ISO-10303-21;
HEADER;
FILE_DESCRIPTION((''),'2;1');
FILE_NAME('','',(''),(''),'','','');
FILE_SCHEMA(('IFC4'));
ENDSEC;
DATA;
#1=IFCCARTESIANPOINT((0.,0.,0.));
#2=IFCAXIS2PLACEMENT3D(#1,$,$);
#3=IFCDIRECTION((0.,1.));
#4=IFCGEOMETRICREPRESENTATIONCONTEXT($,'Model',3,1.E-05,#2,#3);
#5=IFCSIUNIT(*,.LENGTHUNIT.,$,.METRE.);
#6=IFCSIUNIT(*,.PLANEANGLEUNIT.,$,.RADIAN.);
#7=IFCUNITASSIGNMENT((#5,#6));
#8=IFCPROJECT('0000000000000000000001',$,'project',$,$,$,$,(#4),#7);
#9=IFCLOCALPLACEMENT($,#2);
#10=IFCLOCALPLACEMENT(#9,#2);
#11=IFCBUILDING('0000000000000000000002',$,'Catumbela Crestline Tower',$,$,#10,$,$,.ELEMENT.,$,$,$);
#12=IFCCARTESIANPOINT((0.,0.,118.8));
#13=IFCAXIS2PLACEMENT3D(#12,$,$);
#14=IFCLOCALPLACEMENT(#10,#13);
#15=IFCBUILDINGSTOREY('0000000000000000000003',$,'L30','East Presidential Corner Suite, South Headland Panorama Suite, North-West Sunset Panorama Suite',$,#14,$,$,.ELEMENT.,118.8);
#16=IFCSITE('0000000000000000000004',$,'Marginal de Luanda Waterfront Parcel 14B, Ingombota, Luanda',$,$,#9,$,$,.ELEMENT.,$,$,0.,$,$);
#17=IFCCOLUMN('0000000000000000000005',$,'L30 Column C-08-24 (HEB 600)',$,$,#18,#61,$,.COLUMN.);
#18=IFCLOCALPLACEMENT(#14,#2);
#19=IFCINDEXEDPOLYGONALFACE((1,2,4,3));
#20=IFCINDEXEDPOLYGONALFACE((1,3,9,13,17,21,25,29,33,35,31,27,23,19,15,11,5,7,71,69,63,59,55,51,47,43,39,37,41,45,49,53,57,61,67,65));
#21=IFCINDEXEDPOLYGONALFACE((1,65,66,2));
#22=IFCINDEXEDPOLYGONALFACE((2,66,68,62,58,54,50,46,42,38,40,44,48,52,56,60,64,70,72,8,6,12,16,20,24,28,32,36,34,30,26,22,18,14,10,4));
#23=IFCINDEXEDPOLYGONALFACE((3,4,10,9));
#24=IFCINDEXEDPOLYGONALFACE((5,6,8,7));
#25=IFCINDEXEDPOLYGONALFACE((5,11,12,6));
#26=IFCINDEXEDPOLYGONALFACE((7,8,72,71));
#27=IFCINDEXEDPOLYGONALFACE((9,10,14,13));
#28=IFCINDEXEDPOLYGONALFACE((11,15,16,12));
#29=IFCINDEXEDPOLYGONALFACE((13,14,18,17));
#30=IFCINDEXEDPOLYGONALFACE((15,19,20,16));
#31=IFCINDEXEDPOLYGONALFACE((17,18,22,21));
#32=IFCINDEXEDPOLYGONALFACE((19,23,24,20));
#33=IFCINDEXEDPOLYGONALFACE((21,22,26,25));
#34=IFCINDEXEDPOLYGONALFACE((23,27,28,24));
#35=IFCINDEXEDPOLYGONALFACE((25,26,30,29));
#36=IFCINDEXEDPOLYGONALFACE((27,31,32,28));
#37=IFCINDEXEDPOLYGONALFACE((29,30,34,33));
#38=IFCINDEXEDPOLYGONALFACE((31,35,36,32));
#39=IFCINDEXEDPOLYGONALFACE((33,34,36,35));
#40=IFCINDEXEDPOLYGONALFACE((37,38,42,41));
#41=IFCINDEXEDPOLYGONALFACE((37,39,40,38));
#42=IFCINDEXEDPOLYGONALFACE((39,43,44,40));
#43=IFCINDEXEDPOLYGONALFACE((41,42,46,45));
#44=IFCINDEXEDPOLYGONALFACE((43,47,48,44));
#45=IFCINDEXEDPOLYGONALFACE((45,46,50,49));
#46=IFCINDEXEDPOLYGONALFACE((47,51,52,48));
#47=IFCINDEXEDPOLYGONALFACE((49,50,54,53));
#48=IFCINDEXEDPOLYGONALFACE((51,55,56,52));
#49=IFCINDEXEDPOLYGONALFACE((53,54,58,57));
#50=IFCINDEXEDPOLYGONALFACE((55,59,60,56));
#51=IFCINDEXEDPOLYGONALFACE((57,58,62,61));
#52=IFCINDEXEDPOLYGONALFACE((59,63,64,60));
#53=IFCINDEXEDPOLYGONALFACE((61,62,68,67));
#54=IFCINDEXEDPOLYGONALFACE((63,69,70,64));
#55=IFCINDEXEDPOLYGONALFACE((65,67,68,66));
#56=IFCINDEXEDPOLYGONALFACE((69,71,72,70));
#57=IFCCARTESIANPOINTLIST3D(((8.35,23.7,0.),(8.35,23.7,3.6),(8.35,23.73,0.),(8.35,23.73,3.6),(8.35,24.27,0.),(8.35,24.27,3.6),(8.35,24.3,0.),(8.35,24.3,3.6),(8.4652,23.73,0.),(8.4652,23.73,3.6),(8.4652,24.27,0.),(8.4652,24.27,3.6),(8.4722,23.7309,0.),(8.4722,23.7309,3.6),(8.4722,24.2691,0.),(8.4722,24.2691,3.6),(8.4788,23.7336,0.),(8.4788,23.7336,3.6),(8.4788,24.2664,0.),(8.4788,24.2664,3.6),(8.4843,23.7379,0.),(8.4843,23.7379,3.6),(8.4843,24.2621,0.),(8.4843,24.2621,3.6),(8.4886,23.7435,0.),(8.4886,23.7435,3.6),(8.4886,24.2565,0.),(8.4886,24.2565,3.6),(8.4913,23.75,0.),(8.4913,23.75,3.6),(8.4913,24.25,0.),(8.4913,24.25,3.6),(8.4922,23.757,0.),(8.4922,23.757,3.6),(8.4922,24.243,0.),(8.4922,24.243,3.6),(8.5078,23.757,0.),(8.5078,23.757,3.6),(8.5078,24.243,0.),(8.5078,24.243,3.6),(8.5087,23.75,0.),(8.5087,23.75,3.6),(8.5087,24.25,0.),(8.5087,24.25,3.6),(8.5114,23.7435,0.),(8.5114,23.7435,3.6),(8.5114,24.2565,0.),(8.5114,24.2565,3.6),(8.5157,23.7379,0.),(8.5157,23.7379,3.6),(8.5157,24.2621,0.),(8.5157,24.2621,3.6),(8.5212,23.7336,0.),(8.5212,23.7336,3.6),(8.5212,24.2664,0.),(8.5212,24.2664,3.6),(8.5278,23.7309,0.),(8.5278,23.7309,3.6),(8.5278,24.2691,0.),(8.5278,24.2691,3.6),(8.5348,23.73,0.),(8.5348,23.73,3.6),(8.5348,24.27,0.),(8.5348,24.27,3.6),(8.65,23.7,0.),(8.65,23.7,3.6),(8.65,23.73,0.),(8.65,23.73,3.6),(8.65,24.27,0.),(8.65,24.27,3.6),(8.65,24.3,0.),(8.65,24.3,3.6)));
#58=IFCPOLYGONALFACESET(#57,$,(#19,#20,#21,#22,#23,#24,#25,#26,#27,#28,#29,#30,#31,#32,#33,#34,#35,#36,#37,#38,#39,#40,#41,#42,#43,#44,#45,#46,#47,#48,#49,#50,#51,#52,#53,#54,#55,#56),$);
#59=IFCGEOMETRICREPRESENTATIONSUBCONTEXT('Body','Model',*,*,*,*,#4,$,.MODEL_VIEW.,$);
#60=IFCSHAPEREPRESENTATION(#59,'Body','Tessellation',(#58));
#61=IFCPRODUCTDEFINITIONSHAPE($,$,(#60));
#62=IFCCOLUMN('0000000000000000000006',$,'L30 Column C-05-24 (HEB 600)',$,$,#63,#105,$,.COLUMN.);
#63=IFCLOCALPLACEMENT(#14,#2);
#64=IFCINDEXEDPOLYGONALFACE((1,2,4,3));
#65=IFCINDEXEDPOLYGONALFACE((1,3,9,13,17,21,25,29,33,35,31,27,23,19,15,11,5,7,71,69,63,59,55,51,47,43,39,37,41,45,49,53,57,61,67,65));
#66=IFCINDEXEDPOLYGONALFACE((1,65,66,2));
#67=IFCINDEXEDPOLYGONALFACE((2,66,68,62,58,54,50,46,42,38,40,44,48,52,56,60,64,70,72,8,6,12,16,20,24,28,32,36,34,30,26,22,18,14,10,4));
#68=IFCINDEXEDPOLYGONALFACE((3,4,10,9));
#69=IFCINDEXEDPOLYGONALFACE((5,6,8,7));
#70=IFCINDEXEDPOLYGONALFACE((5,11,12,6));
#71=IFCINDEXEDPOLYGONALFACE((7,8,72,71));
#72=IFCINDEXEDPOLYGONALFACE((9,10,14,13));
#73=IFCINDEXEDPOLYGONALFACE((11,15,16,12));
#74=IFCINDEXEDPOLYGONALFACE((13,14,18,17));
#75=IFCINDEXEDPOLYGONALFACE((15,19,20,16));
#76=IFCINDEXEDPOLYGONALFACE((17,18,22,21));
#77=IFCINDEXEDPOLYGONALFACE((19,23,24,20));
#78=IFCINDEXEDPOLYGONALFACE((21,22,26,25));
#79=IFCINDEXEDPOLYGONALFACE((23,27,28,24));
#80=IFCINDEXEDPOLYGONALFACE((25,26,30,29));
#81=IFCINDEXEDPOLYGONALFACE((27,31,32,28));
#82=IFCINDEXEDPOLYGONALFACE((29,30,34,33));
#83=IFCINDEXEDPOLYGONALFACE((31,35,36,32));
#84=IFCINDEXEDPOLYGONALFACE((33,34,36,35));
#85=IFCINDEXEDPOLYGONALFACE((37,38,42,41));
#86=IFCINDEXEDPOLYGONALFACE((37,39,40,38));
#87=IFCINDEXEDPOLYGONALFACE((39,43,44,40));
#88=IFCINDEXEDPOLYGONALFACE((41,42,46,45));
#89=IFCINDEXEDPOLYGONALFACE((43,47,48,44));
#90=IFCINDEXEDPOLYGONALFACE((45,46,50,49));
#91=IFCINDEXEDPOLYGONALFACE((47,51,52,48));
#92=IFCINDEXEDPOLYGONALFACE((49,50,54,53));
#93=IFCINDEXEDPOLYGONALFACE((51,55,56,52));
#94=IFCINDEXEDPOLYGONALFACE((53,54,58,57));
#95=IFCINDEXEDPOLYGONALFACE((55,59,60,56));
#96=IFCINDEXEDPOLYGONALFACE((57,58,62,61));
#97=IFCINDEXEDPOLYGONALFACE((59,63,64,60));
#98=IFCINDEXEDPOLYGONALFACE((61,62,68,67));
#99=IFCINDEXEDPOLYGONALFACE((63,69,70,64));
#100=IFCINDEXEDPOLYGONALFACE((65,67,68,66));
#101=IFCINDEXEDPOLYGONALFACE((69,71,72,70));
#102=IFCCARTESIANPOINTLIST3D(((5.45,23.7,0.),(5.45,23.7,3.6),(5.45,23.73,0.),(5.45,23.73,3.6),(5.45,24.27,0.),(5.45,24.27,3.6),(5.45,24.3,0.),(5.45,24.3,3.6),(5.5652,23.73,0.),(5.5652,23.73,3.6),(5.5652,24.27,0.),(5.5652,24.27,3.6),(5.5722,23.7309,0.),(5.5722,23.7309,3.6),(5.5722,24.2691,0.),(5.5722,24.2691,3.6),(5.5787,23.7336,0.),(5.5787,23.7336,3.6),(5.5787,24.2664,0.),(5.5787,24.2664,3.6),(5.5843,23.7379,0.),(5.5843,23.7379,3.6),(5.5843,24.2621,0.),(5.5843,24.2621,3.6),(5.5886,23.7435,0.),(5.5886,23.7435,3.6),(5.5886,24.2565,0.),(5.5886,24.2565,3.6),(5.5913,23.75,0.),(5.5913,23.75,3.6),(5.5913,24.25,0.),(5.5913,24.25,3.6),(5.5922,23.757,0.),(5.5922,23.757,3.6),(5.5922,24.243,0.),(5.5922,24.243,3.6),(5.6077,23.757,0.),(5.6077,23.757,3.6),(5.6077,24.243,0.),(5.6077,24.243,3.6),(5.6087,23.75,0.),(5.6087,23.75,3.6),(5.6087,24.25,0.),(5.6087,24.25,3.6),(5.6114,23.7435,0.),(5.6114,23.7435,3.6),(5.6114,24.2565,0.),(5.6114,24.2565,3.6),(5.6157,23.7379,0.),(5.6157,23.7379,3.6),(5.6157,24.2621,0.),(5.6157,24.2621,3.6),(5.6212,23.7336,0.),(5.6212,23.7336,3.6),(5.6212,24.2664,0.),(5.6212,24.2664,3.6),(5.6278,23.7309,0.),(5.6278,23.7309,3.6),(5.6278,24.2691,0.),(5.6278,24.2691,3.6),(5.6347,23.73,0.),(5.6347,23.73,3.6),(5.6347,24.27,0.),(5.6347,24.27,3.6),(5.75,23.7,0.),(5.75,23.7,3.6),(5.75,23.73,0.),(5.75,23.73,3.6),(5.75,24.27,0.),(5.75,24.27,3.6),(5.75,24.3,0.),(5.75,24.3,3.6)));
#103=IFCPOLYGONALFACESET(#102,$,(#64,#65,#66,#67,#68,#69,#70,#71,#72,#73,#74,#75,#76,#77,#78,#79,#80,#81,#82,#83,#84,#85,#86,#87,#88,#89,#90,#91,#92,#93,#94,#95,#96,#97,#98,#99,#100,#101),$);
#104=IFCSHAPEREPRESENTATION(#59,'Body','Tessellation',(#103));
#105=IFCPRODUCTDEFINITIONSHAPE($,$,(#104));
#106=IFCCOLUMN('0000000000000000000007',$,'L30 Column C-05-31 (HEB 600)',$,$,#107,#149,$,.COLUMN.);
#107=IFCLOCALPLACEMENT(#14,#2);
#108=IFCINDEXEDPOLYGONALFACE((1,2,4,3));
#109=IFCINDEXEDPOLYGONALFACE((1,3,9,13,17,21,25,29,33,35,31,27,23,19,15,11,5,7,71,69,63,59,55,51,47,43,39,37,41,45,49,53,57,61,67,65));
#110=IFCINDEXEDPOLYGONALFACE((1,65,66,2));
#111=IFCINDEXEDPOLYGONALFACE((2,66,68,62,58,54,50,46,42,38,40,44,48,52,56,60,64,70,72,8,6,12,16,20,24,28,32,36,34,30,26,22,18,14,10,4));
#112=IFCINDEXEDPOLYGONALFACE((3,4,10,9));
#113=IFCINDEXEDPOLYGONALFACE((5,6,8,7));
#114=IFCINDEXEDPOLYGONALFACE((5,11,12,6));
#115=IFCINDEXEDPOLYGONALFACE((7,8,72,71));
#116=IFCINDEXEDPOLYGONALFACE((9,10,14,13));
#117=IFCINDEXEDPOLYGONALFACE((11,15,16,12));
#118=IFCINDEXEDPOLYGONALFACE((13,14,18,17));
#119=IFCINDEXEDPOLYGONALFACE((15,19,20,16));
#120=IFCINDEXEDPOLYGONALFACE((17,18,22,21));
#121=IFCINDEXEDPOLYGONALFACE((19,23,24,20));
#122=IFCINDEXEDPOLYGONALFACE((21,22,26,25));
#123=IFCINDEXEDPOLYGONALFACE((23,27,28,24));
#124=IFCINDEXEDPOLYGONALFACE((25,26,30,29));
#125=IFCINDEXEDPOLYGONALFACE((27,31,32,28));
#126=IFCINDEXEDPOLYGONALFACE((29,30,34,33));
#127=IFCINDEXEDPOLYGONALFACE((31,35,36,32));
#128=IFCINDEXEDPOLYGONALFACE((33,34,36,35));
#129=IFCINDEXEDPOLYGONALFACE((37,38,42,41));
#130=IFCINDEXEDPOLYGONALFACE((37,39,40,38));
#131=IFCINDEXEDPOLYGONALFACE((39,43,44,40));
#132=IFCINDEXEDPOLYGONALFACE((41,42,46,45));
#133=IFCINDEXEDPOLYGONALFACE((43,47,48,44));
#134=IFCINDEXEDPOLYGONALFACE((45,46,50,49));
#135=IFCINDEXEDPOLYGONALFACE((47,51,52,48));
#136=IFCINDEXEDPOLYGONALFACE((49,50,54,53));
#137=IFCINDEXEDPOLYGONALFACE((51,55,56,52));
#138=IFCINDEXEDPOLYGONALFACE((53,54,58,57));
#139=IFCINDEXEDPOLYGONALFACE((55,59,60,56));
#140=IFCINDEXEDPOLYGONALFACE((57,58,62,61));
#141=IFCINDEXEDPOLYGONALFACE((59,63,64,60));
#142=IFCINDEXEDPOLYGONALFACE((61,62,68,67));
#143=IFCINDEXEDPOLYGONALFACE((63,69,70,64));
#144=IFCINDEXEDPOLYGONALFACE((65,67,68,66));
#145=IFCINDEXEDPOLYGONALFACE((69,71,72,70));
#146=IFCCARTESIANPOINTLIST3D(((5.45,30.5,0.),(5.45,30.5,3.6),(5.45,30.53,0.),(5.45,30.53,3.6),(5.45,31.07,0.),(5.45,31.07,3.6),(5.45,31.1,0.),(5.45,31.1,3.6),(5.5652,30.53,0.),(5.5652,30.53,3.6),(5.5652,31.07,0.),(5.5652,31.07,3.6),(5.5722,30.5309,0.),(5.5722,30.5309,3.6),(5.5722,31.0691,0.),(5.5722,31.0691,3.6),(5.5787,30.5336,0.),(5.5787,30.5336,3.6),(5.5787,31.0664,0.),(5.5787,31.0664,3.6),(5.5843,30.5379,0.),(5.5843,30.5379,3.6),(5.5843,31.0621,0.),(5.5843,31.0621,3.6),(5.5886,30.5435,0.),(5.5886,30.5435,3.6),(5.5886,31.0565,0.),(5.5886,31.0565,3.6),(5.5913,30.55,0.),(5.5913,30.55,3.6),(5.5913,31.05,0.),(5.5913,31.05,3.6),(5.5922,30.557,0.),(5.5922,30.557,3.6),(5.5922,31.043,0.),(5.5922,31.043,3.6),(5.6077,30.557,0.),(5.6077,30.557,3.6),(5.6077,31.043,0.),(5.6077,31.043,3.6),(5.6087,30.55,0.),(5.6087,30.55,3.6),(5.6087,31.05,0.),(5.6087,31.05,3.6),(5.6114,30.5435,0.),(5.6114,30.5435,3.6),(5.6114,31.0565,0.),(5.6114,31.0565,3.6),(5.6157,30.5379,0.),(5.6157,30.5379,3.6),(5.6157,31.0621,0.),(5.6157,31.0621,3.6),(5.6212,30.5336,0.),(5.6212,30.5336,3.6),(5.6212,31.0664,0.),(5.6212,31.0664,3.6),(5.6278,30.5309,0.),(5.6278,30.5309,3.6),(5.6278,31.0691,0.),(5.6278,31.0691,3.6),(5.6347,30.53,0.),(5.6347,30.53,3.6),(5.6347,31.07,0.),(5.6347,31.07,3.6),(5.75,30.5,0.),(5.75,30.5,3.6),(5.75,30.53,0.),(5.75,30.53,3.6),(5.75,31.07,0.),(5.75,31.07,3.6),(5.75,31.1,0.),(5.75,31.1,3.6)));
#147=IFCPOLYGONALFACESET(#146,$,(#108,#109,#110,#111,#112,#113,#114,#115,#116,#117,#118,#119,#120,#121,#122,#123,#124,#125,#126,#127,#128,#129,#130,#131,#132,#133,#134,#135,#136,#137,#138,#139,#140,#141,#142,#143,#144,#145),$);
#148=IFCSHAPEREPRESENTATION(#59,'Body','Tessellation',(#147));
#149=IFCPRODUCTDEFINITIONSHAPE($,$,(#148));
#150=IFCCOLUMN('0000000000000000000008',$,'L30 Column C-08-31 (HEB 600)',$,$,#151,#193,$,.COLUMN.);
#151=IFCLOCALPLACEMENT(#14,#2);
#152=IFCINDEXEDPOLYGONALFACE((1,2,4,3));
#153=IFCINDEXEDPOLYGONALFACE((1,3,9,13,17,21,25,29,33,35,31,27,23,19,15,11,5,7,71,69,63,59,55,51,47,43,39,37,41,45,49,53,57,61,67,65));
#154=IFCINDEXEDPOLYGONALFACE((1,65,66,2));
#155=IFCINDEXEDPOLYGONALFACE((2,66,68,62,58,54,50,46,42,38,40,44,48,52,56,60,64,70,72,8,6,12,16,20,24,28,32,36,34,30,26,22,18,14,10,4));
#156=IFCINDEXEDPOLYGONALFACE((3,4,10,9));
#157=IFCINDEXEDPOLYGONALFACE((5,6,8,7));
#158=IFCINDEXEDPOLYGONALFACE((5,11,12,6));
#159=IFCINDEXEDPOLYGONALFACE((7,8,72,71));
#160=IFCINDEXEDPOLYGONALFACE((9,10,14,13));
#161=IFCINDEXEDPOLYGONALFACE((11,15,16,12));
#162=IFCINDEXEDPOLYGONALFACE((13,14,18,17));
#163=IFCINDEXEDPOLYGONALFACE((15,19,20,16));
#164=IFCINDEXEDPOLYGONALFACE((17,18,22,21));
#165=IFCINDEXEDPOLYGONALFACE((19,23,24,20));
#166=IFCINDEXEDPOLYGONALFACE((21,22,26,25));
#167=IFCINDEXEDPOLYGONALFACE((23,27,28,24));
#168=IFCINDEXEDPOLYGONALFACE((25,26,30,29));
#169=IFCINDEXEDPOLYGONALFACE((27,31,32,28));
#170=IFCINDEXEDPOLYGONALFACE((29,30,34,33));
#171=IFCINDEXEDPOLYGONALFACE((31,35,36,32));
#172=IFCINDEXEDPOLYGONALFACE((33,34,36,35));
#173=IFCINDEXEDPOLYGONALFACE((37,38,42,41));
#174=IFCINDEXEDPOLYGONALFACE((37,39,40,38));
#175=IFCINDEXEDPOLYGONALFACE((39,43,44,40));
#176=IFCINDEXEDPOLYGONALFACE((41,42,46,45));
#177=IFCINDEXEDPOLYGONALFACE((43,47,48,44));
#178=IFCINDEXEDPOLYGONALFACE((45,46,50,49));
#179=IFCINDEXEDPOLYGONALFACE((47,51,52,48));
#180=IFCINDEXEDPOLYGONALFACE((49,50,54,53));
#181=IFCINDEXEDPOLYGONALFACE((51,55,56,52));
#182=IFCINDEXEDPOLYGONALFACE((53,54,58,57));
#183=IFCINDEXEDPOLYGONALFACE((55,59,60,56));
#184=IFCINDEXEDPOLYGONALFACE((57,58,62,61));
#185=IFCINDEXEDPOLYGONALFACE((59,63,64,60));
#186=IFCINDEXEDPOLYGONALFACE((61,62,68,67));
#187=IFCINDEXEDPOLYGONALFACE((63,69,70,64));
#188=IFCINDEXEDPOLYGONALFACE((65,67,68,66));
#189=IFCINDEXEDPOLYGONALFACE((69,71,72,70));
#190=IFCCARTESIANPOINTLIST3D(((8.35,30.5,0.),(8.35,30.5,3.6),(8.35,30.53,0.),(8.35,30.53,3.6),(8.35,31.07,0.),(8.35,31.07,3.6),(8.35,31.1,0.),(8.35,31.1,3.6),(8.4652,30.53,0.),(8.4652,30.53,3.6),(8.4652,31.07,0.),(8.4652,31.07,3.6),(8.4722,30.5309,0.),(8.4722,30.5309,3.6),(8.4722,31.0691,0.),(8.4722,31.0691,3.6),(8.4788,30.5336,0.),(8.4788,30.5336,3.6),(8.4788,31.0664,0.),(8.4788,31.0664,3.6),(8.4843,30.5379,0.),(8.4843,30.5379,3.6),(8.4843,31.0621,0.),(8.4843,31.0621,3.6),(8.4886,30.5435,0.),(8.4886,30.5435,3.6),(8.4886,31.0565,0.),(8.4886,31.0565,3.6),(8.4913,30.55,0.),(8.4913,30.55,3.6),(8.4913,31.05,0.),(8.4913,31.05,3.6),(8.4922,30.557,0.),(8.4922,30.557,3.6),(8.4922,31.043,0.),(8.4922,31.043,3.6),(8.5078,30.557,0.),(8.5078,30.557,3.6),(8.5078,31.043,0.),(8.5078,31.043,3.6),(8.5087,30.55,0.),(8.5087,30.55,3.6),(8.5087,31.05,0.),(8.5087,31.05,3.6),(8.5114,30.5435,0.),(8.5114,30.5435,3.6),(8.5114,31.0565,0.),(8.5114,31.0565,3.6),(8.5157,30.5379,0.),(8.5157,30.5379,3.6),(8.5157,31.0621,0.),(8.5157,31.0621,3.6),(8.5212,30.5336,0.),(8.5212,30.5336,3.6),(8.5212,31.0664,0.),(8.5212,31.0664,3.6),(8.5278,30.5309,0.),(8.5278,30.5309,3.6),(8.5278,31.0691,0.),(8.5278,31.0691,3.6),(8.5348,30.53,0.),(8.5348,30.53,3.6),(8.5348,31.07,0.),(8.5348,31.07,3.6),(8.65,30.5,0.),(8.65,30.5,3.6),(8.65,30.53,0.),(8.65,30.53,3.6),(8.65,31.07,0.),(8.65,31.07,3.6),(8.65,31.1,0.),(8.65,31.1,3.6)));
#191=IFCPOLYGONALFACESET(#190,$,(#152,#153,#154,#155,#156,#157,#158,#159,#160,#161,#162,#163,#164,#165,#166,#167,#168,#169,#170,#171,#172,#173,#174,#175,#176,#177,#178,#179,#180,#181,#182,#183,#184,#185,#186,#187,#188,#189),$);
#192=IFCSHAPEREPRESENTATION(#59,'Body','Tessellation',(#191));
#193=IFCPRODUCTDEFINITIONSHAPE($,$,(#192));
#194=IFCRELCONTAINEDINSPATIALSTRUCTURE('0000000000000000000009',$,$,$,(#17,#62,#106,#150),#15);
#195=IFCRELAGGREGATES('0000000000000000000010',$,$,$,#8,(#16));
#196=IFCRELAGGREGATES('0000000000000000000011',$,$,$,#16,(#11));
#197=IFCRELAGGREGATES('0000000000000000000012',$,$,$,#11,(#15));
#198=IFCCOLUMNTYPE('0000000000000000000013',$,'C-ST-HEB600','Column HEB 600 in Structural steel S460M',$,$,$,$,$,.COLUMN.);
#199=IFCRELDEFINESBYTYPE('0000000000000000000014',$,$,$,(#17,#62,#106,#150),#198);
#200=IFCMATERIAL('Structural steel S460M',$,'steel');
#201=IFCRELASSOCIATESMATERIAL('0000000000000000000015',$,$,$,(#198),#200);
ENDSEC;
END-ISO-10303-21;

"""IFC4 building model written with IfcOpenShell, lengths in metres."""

from ifc_helpers import new_model, si_unit, direction, frame, origin, origin_2d, place, context, subcontext, project, spatial, i_section, extrude, material, material_profile, profile_set, type_object, element, save


model = new_model("IFC4")

# Units and contexts
model_context = context("Model", 3, precision=1e-05, world=origin(), true_north=direction((0.0, 1.0)))
body_context = subcontext(model_context, "Body", "Model", "MODEL_VIEW")
ifc_project = project(units=[si_unit("LENGTHUNIT", "METRE"), si_unit("PLANEANGLEUNIT", "RADIAN")], contexts=[model_context])

# Site, building, storey
site_placement = place(None, origin())
site = spatial("IfcSite", under=ifc_project, at=site_placement, Name="Marginal de Luanda Waterfront Parcel 14B, Ingombota, Luanda", CompositionType="ELEMENT", RefElevation=0.0)
building_placement = place(site_placement, origin())
building = spatial("IfcBuilding", under=site, at=building_placement, Name="Catumbela Crestline Tower", CompositionType="ELEMENT")
storey_placement = place(building_placement, frame((0.0, 0.0, 118.8)))
storey = spatial("IfcBuildingStorey", under=building, at=storey_placement, Name="L30", Description="East Presidential Corner Suite, South Headland Panorama Suite, North-West Sunset Panorama Suite", CompositionType="ELEMENT", Elevation=118.8)

# Columns
ifc_material_1 = material(Name="Structural steel S460M", Category="steel")
ifc_material_profile_1 = material_profile(ifc_material_1, i_section(OverallWidth=0.3, OverallDepth=0.6, WebThickness=0.0155, FlangeThickness=0.03, FilletRadius=0.027, at=origin_2d()), Name="HEB 600")
ifc_profile_set_1 = profile_set([ifc_material_profile_1], Name="Structural steel S460M")
column_type = type_object("IfcColumnType", Name="C-ST-HEB600", Description="Column HEB 600 in Structural steel S460M", PredefinedType="COLUMN", material=ifc_profile_set_1)
for number, where, z_axis, x_axis, name in (
    (1, (8.5, 24.0, 0.0), (0.0, 0.0, 1.0), (1.0, 0.0, 0.0), "L30 Column C-08-24 (HEB 600)"),
    (2, (5.6, 24.0, 0.0), (0.0, 0.0, 1.0), (1.0, 0.0, 0.0), "L30 Column C-05-24 (HEB 600)"),
    (3, (5.6, 30.8, 0.0), (0.0, 0.0, 1.0), (1.0, 0.0, 0.0), "L30 Column C-05-31 (HEB 600)"),
    (4, (8.5, 30.8, 0.0), (0.0, 0.0, 1.0), (1.0, 0.0, 0.0), "L30 Column C-08-31 (HEB 600)"),
):
    element("IfcColumn", number, at=place(storey_placement, frame(where, z_axis=z_axis, x_axis=x_axis)), inside=storey, type_object=column_type, Name=name, PredefinedType="COLUMN", context=body_context, shape_type="SweptSolid", body=[
        extrude(i_section(OverallWidth=0.3, OverallDepth=0.6, WebThickness=0.0155, FlangeThickness=0.03, FilletRadius=0.027, at=origin_2d()), origin(), (0.0, 0.0, 1.0), 3.6),
    ])

save(model, "model.ifc")
